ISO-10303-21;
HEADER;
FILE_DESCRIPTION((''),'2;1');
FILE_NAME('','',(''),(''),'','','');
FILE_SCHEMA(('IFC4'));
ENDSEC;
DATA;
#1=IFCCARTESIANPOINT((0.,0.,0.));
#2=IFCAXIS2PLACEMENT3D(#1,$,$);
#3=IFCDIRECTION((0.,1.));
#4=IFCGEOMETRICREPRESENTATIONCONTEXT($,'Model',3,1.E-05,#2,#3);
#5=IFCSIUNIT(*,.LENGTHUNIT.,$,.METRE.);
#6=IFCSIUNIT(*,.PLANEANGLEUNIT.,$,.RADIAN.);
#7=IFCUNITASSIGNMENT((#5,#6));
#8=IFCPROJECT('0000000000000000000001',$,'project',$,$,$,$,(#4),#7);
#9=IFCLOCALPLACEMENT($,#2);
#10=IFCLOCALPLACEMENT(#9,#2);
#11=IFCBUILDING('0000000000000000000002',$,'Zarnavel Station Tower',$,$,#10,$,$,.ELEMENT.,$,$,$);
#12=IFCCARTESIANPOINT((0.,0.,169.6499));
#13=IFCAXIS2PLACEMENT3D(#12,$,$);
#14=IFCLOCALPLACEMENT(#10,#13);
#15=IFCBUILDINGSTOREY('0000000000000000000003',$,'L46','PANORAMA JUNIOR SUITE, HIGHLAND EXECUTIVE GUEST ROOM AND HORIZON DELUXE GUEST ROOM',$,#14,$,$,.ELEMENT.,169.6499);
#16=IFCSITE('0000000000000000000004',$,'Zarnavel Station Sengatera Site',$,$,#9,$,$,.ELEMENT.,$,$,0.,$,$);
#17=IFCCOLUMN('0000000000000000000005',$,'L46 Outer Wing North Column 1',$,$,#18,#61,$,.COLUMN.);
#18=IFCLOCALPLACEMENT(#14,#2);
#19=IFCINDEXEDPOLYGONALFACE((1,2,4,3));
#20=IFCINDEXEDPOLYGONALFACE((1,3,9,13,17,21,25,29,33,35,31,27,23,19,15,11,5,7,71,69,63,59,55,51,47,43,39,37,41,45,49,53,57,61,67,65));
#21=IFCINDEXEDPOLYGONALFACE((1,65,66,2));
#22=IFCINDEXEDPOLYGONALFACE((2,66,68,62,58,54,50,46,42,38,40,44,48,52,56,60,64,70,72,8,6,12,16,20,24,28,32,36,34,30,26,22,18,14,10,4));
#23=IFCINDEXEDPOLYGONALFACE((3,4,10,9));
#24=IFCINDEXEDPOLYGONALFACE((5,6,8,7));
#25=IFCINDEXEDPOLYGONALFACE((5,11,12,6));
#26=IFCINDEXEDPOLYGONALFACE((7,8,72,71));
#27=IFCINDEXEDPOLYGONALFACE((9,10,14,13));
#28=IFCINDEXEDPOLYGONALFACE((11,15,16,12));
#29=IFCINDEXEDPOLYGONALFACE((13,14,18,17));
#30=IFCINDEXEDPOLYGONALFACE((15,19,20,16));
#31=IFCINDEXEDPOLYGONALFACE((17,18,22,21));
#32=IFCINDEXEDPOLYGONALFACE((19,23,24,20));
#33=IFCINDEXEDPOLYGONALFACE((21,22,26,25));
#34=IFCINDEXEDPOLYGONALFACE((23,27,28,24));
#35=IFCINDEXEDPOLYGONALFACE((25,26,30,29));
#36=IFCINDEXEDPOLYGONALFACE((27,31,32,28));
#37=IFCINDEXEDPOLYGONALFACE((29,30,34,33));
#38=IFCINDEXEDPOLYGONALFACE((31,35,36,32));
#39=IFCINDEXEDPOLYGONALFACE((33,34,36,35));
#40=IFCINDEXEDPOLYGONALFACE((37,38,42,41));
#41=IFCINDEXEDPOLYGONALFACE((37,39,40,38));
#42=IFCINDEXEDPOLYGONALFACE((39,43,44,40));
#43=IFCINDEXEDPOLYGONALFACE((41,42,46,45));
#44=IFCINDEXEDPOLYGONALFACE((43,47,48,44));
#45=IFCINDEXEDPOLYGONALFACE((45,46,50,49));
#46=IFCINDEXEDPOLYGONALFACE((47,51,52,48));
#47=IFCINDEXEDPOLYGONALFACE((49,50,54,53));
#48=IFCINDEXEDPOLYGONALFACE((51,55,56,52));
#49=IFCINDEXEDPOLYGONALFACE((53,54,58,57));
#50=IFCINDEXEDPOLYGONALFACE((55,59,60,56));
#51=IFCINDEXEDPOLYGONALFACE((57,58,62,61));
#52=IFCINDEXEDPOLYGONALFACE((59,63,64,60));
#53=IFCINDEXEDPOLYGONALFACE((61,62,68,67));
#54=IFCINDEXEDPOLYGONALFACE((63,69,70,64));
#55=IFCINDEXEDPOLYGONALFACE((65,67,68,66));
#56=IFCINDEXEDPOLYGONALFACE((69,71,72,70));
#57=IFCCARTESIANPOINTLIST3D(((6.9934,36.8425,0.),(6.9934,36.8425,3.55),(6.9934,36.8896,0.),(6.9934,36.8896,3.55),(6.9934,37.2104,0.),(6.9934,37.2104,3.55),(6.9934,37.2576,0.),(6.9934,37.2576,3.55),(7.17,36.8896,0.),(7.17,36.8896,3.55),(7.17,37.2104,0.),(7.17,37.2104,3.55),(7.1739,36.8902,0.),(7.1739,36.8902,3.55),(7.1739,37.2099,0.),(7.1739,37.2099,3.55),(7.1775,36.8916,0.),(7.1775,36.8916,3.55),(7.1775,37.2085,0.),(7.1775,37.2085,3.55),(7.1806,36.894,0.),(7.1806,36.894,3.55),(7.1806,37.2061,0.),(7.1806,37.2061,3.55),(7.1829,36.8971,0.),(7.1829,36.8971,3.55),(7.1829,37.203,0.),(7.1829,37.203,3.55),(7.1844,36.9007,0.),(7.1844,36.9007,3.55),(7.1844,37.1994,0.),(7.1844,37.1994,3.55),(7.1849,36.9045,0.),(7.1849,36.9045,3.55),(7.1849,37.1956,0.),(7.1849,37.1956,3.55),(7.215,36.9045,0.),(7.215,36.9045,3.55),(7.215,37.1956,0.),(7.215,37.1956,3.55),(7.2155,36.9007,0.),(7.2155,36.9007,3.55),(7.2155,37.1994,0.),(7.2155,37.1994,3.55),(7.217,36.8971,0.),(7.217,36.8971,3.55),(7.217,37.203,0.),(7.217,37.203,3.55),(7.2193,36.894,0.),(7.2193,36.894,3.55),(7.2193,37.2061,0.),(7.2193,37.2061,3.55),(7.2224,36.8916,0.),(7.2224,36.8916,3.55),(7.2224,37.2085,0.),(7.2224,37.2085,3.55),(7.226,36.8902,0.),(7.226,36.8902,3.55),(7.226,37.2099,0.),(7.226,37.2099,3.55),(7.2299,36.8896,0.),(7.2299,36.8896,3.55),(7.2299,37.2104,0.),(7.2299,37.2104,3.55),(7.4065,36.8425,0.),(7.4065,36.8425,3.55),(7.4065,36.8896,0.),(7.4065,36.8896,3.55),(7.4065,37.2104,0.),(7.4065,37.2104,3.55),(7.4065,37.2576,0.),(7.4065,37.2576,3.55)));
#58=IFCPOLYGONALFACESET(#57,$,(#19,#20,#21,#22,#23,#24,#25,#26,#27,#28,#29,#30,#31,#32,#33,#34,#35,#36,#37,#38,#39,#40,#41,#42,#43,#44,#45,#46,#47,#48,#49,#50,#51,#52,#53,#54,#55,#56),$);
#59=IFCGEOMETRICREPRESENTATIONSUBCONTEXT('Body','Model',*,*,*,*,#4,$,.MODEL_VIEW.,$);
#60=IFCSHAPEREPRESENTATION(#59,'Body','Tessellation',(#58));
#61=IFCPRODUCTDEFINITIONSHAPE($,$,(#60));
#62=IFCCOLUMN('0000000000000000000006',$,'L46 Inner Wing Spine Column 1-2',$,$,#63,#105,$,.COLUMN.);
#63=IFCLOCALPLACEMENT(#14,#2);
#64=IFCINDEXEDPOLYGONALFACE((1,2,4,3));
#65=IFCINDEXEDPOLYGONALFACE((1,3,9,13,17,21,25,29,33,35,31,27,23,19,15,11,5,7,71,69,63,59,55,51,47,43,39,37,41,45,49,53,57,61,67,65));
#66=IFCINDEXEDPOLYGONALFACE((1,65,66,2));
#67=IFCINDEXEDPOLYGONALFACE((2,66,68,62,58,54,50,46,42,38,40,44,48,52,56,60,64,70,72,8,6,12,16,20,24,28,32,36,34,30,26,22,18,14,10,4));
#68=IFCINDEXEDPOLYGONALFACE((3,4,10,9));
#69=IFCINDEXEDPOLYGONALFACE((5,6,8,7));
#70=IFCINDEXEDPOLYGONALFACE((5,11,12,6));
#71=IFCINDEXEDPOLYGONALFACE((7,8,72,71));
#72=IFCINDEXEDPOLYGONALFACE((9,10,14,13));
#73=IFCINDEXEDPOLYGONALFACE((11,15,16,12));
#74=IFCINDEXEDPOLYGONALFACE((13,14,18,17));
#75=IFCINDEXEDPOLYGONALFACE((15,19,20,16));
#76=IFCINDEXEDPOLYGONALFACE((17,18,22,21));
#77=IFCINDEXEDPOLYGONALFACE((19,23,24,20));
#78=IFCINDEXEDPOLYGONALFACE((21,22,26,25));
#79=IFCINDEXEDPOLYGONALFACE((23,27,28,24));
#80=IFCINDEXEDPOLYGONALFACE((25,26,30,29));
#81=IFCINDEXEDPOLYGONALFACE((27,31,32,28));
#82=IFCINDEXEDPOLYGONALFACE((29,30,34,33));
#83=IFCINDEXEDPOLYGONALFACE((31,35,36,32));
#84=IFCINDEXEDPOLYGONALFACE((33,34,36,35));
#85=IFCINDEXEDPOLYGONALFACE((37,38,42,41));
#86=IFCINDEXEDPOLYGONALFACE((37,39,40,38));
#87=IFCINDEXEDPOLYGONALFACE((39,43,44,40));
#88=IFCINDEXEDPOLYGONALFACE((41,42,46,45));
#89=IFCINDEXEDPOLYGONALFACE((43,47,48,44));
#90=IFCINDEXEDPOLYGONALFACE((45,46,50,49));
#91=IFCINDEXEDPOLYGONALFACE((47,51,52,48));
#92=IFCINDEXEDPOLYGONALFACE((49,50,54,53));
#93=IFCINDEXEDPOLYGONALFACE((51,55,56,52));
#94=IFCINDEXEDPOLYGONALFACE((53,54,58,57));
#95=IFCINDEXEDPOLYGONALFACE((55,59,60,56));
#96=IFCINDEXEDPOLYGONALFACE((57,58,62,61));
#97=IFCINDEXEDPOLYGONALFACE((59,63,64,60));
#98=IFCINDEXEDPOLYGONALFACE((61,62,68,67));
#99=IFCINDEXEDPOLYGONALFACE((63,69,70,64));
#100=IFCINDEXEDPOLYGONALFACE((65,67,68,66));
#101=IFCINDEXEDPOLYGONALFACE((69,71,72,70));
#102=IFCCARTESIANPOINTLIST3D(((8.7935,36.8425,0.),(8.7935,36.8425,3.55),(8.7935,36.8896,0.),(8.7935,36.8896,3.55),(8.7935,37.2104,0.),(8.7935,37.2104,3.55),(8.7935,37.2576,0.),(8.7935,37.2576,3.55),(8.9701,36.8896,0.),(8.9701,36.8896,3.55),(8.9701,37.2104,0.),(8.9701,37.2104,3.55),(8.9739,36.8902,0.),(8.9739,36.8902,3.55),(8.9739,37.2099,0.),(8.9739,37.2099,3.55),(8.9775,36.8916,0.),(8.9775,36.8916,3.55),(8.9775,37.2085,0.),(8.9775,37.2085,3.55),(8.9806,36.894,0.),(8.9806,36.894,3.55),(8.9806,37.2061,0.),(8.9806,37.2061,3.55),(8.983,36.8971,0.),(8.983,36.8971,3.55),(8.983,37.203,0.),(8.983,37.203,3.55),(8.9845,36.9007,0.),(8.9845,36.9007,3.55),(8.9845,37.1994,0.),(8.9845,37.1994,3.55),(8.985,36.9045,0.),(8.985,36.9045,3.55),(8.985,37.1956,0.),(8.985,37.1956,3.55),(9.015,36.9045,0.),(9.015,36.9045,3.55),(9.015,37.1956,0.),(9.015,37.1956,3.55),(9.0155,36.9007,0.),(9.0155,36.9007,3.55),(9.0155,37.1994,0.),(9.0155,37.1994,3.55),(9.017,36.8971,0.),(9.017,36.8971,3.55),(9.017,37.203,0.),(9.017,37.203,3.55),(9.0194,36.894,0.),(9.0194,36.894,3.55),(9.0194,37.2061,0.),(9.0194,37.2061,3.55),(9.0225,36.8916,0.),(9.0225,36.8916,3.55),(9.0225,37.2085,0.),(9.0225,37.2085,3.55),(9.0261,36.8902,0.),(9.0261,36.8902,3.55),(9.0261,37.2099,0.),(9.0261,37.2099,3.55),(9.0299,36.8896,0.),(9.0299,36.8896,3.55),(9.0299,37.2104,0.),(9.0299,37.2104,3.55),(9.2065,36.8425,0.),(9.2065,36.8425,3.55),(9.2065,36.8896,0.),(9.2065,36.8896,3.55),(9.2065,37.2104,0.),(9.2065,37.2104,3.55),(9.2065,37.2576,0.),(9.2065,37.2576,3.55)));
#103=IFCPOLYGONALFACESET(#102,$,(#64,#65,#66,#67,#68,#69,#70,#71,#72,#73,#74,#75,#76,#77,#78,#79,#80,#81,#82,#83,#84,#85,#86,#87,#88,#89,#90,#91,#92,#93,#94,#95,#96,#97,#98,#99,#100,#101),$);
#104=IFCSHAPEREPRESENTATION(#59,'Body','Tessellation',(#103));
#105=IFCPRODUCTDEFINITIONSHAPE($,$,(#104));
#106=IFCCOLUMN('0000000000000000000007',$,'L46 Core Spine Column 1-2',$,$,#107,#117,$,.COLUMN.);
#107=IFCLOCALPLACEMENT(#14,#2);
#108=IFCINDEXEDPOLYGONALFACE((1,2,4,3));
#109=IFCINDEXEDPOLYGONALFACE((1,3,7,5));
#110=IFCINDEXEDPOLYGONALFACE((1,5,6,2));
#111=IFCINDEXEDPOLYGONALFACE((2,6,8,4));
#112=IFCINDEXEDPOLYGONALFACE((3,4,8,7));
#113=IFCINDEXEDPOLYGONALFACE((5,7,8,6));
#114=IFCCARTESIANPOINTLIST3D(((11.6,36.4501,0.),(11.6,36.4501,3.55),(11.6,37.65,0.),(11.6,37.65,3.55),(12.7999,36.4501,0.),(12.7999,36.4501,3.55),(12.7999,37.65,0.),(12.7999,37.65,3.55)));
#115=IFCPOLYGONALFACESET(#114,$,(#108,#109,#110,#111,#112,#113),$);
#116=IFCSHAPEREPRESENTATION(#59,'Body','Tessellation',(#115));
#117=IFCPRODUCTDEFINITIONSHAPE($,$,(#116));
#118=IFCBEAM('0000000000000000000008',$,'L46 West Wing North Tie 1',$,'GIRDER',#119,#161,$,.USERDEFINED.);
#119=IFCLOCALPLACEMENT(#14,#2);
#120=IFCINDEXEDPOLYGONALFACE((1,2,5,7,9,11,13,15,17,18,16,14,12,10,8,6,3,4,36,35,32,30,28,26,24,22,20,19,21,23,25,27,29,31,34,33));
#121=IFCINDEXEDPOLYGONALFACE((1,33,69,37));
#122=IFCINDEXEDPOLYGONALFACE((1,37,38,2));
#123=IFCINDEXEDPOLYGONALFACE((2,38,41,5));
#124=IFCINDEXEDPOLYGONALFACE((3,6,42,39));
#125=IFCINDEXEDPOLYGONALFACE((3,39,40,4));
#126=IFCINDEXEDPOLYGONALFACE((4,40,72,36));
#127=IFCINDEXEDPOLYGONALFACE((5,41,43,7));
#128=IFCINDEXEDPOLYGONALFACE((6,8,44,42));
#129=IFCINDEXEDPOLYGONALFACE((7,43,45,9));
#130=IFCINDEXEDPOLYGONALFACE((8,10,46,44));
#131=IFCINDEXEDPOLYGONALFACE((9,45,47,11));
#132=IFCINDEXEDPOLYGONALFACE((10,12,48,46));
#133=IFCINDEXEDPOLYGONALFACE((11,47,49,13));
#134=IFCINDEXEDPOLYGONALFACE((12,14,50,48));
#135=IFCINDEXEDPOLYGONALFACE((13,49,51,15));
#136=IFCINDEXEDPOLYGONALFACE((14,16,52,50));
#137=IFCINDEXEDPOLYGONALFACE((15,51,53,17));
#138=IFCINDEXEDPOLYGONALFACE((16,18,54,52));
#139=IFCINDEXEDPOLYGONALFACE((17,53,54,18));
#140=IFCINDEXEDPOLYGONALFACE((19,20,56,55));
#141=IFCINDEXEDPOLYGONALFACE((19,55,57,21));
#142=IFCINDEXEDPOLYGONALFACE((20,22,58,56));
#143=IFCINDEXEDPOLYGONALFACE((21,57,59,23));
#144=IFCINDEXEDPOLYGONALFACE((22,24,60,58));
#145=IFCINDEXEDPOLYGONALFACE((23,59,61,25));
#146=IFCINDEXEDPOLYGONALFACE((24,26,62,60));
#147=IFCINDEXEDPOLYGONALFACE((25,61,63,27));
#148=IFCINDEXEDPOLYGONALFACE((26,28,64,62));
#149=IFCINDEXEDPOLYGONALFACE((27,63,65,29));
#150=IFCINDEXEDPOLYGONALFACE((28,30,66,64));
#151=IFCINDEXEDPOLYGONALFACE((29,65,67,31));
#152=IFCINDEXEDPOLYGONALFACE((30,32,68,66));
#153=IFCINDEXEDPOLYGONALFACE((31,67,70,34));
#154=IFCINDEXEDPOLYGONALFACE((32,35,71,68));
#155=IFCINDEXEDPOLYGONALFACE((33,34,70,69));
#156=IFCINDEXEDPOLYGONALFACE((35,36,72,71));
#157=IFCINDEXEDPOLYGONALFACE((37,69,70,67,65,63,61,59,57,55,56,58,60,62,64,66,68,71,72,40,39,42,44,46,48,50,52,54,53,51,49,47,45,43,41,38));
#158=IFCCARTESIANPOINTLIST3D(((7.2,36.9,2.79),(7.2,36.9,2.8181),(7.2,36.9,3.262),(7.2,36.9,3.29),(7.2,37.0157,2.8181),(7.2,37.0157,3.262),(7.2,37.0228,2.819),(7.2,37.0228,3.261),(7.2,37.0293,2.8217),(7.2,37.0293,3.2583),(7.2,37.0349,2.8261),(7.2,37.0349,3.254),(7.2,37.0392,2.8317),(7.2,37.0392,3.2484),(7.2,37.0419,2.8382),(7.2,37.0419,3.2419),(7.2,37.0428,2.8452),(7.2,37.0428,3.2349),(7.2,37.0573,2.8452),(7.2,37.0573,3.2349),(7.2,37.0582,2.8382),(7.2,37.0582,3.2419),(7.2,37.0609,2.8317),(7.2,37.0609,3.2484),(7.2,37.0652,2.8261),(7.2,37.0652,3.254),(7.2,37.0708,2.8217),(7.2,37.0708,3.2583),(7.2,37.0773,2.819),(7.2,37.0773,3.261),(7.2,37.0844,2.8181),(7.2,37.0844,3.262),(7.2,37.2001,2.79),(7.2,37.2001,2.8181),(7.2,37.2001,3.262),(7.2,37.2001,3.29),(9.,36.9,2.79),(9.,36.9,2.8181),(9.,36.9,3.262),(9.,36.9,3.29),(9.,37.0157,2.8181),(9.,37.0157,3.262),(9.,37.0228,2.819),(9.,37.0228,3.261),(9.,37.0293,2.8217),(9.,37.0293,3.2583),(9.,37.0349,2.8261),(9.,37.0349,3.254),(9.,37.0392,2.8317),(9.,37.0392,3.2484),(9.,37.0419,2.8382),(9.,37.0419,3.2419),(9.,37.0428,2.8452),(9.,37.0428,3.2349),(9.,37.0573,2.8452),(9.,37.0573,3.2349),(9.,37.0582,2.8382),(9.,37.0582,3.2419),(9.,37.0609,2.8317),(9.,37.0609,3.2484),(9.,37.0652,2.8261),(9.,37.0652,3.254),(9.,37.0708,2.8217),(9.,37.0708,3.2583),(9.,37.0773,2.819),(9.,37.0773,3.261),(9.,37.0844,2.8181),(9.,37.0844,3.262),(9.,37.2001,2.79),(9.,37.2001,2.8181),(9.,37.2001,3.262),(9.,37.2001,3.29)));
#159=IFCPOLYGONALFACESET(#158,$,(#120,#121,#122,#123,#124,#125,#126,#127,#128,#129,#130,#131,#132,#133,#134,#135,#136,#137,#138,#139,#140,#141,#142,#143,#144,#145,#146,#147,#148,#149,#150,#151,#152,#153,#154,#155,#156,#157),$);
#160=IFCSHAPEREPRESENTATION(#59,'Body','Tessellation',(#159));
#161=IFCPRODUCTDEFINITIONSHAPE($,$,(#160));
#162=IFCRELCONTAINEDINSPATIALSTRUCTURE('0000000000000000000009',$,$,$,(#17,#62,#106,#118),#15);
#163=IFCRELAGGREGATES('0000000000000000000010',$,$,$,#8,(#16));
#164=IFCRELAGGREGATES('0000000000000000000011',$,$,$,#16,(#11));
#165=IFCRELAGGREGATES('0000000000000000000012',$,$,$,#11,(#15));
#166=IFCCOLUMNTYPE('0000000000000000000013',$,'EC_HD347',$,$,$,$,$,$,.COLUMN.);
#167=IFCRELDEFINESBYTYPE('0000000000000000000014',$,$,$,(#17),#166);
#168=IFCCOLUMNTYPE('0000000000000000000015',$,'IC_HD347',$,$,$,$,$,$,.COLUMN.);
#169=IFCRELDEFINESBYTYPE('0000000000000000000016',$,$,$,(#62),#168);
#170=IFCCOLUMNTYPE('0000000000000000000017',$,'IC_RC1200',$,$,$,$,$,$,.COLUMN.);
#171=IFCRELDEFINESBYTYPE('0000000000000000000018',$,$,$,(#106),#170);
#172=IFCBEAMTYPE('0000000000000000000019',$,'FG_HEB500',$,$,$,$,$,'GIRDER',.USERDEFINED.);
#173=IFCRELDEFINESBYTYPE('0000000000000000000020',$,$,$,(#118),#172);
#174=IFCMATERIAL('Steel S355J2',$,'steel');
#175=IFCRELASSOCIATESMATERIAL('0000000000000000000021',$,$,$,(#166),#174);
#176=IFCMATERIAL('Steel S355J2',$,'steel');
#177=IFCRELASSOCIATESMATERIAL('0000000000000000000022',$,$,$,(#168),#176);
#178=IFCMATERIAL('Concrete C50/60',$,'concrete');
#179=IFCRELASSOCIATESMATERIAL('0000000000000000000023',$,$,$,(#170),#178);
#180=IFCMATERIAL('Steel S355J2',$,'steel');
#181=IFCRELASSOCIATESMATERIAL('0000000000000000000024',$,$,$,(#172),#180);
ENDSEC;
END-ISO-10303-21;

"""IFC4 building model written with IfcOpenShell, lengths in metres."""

from ifc_helpers import new_model, si_unit, direction, frame, origin, origin_2d, place, context, subcontext, project, spatial, rectangle, i_section, extrude, material, material_profile, profile_set, type_object, element, save


model = new_model("IFC4")

# Units and contexts
model_context = context("Model", 3, precision=1e-05, world=origin(), true_north=direction((0.0, 1.0)))
body_context = subcontext(model_context, "Body", "Model", "MODEL_VIEW")
ifc_project = project(units=[si_unit("LENGTHUNIT", "METRE"), si_unit("PLANEANGLEUNIT", "RADIAN")], contexts=[model_context])

# Site, building, storey
site_placement = place(None, origin())
site = spatial("IfcSite", under=ifc_project, at=site_placement, Name="Zarnavel Station Sengatera Site", CompositionType="ELEMENT", RefElevation=0.0)
building_placement = place(site_placement, origin())
building = spatial("IfcBuilding", under=site, at=building_placement, Name="Zarnavel Station Tower", CompositionType="ELEMENT")
storey_placement = place(building_placement, frame((0.0, 0.0, 169.6499)))
storey = spatial("IfcBuildingStorey", under=building, at=storey_placement, Name="L46", Description="PANORAMA JUNIOR SUITE, HIGHLAND EXECUTIVE GUEST ROOM AND HORIZON DELUXE GUEST ROOM", CompositionType="ELEMENT", Elevation=169.6499)

# Columns
ifc_material_1 = material(Name="Steel S355J2", Category="steel")
ifc_material_profile_1 = material_profile(ifc_material_1, i_section(OverallWidth=0.4131, OverallDepth=0.415, WebThickness=0.03, FlangeThickness=0.0471, FilletRadius=0.0149, at=origin_2d()), Name="HD400x347")
ifc_profile_set_1 = profile_set([ifc_material_profile_1], Name="Steel S355J2")
column_type_1 = type_object("IfcColumnType", Name="EC_HD347", PredefinedType="COLUMN", material=ifc_profile_set_1)
column_1_placement = place(storey_placement, frame((7.2, 37.05, 0.0), z_axis=(0.0, 0.0, 1.0), x_axis=(1.0, 0.0, 0.0)))
element("IfcColumn", 1, at=column_1_placement, inside=storey, type_object=column_type_1, Name="L46 Outer Wing North Column 1", PredefinedType="COLUMN", context=body_context, shape_type="SweptSolid", body=[
    extrude(i_section(OverallWidth=0.4131, OverallDepth=0.415, WebThickness=0.03, FlangeThickness=0.0471, FilletRadius=0.0149, at=origin_2d()), origin(), (0.0, 0.0, 1.0), 3.55),
])
ifc_material_2 = material(Name="Steel S355J2", Category="steel")
ifc_material_profile_2 = material_profile(ifc_material_2, i_section(OverallWidth=0.4131, OverallDepth=0.415, WebThickness=0.03, FlangeThickness=0.0471, FilletRadius=0.0149, at=origin_2d()), Name="HD400x347")
ifc_profile_set_2 = profile_set([ifc_material_profile_2], Name="Steel S355J2")
column_type_2 = type_object("IfcColumnType", Name="IC_HD347", PredefinedType="COLUMN", material=ifc_profile_set_2)
column_2_placement = place(storey_placement, frame((9.0, 37.05, 0.0), z_axis=(0.0, 0.0, 1.0), x_axis=(1.0, 0.0, 0.0)))
element("IfcColumn", 2, at=column_2_placement, inside=storey, type_object=column_type_2, Name="L46 Inner Wing Spine Column 1-2", PredefinedType="COLUMN", context=body_context, shape_type="SweptSolid", body=[
    extrude(i_section(OverallWidth=0.4131, OverallDepth=0.415, WebThickness=0.03, FlangeThickness=0.0471, FilletRadius=0.0149, at=origin_2d()), origin(), (0.0, 0.0, 1.0), 3.55),
])
ifc_material_3 = material(Name="Concrete C50/60", Category="concrete")
ifc_material_profile_3 = material_profile(ifc_material_3, rectangle(XDim=1.2, YDim=1.2, at=origin_2d()), Name="RC1200x1200")
ifc_profile_set_3 = profile_set([ifc_material_profile_3], Name="Concrete C50/60")
column_type_3 = type_object("IfcColumnType", Name="IC_RC1200", PredefinedType="COLUMN", material=ifc_profile_set_3)
column_3_placement = place(storey_placement, frame((12.2, 37.05, 0.0), z_axis=(0.0, 0.0, 1.0), x_axis=(1.0, 0.0, 0.0)))
element("IfcColumn", 3, at=column_3_placement, inside=storey, type_object=column_type_3, Name="L46 Core Spine Column 1-2", PredefinedType="COLUMN", context=body_context, shape_type="SweptSolid", body=[
    extrude(rectangle(XDim=1.2, YDim=1.2, at=origin_2d()), origin(), (0.0, 0.0, 1.0), 3.55),
])

# Beam
ifc_material_4 = material(Name="Steel S355J2", Category="steel")
ifc_material_profile_4 = material_profile(ifc_material_4, i_section(OverallWidth=0.3, OverallDepth=0.5, WebThickness=0.0144, FlangeThickness=0.0281, FilletRadius=0.0271, at=origin_2d()), Name="HEB500")
ifc_profile_set_4 = profile_set([ifc_material_profile_4], Name="Steel S355J2")
beam_type = type_object("IfcBeamType", Name="FG_HEB500", ElementType="GIRDER", PredefinedType="USERDEFINED", material=ifc_profile_set_4)
beam_1_placement = place(storey_placement, frame((7.2, 37.05, 3.04), z_axis=(1.0, 0.0, 0.0), x_axis=(0.0, 1.0, 0.0)))
element("IfcBeam", 4, at=beam_1_placement, inside=storey, type_object=beam_type, Name="L46 West Wing North Tie 1", ObjectType="GIRDER", PredefinedType="USERDEFINED", context=body_context, shape_type="SweptSolid", body=[
    extrude(i_section(OverallWidth=0.3, OverallDepth=0.5, WebThickness=0.0144, FlangeThickness=0.0281, FilletRadius=0.0271, at=origin_2d()), origin(), (0.0, 0.0, 1.0), 1.8),
])

save(model, "model.ifc")
